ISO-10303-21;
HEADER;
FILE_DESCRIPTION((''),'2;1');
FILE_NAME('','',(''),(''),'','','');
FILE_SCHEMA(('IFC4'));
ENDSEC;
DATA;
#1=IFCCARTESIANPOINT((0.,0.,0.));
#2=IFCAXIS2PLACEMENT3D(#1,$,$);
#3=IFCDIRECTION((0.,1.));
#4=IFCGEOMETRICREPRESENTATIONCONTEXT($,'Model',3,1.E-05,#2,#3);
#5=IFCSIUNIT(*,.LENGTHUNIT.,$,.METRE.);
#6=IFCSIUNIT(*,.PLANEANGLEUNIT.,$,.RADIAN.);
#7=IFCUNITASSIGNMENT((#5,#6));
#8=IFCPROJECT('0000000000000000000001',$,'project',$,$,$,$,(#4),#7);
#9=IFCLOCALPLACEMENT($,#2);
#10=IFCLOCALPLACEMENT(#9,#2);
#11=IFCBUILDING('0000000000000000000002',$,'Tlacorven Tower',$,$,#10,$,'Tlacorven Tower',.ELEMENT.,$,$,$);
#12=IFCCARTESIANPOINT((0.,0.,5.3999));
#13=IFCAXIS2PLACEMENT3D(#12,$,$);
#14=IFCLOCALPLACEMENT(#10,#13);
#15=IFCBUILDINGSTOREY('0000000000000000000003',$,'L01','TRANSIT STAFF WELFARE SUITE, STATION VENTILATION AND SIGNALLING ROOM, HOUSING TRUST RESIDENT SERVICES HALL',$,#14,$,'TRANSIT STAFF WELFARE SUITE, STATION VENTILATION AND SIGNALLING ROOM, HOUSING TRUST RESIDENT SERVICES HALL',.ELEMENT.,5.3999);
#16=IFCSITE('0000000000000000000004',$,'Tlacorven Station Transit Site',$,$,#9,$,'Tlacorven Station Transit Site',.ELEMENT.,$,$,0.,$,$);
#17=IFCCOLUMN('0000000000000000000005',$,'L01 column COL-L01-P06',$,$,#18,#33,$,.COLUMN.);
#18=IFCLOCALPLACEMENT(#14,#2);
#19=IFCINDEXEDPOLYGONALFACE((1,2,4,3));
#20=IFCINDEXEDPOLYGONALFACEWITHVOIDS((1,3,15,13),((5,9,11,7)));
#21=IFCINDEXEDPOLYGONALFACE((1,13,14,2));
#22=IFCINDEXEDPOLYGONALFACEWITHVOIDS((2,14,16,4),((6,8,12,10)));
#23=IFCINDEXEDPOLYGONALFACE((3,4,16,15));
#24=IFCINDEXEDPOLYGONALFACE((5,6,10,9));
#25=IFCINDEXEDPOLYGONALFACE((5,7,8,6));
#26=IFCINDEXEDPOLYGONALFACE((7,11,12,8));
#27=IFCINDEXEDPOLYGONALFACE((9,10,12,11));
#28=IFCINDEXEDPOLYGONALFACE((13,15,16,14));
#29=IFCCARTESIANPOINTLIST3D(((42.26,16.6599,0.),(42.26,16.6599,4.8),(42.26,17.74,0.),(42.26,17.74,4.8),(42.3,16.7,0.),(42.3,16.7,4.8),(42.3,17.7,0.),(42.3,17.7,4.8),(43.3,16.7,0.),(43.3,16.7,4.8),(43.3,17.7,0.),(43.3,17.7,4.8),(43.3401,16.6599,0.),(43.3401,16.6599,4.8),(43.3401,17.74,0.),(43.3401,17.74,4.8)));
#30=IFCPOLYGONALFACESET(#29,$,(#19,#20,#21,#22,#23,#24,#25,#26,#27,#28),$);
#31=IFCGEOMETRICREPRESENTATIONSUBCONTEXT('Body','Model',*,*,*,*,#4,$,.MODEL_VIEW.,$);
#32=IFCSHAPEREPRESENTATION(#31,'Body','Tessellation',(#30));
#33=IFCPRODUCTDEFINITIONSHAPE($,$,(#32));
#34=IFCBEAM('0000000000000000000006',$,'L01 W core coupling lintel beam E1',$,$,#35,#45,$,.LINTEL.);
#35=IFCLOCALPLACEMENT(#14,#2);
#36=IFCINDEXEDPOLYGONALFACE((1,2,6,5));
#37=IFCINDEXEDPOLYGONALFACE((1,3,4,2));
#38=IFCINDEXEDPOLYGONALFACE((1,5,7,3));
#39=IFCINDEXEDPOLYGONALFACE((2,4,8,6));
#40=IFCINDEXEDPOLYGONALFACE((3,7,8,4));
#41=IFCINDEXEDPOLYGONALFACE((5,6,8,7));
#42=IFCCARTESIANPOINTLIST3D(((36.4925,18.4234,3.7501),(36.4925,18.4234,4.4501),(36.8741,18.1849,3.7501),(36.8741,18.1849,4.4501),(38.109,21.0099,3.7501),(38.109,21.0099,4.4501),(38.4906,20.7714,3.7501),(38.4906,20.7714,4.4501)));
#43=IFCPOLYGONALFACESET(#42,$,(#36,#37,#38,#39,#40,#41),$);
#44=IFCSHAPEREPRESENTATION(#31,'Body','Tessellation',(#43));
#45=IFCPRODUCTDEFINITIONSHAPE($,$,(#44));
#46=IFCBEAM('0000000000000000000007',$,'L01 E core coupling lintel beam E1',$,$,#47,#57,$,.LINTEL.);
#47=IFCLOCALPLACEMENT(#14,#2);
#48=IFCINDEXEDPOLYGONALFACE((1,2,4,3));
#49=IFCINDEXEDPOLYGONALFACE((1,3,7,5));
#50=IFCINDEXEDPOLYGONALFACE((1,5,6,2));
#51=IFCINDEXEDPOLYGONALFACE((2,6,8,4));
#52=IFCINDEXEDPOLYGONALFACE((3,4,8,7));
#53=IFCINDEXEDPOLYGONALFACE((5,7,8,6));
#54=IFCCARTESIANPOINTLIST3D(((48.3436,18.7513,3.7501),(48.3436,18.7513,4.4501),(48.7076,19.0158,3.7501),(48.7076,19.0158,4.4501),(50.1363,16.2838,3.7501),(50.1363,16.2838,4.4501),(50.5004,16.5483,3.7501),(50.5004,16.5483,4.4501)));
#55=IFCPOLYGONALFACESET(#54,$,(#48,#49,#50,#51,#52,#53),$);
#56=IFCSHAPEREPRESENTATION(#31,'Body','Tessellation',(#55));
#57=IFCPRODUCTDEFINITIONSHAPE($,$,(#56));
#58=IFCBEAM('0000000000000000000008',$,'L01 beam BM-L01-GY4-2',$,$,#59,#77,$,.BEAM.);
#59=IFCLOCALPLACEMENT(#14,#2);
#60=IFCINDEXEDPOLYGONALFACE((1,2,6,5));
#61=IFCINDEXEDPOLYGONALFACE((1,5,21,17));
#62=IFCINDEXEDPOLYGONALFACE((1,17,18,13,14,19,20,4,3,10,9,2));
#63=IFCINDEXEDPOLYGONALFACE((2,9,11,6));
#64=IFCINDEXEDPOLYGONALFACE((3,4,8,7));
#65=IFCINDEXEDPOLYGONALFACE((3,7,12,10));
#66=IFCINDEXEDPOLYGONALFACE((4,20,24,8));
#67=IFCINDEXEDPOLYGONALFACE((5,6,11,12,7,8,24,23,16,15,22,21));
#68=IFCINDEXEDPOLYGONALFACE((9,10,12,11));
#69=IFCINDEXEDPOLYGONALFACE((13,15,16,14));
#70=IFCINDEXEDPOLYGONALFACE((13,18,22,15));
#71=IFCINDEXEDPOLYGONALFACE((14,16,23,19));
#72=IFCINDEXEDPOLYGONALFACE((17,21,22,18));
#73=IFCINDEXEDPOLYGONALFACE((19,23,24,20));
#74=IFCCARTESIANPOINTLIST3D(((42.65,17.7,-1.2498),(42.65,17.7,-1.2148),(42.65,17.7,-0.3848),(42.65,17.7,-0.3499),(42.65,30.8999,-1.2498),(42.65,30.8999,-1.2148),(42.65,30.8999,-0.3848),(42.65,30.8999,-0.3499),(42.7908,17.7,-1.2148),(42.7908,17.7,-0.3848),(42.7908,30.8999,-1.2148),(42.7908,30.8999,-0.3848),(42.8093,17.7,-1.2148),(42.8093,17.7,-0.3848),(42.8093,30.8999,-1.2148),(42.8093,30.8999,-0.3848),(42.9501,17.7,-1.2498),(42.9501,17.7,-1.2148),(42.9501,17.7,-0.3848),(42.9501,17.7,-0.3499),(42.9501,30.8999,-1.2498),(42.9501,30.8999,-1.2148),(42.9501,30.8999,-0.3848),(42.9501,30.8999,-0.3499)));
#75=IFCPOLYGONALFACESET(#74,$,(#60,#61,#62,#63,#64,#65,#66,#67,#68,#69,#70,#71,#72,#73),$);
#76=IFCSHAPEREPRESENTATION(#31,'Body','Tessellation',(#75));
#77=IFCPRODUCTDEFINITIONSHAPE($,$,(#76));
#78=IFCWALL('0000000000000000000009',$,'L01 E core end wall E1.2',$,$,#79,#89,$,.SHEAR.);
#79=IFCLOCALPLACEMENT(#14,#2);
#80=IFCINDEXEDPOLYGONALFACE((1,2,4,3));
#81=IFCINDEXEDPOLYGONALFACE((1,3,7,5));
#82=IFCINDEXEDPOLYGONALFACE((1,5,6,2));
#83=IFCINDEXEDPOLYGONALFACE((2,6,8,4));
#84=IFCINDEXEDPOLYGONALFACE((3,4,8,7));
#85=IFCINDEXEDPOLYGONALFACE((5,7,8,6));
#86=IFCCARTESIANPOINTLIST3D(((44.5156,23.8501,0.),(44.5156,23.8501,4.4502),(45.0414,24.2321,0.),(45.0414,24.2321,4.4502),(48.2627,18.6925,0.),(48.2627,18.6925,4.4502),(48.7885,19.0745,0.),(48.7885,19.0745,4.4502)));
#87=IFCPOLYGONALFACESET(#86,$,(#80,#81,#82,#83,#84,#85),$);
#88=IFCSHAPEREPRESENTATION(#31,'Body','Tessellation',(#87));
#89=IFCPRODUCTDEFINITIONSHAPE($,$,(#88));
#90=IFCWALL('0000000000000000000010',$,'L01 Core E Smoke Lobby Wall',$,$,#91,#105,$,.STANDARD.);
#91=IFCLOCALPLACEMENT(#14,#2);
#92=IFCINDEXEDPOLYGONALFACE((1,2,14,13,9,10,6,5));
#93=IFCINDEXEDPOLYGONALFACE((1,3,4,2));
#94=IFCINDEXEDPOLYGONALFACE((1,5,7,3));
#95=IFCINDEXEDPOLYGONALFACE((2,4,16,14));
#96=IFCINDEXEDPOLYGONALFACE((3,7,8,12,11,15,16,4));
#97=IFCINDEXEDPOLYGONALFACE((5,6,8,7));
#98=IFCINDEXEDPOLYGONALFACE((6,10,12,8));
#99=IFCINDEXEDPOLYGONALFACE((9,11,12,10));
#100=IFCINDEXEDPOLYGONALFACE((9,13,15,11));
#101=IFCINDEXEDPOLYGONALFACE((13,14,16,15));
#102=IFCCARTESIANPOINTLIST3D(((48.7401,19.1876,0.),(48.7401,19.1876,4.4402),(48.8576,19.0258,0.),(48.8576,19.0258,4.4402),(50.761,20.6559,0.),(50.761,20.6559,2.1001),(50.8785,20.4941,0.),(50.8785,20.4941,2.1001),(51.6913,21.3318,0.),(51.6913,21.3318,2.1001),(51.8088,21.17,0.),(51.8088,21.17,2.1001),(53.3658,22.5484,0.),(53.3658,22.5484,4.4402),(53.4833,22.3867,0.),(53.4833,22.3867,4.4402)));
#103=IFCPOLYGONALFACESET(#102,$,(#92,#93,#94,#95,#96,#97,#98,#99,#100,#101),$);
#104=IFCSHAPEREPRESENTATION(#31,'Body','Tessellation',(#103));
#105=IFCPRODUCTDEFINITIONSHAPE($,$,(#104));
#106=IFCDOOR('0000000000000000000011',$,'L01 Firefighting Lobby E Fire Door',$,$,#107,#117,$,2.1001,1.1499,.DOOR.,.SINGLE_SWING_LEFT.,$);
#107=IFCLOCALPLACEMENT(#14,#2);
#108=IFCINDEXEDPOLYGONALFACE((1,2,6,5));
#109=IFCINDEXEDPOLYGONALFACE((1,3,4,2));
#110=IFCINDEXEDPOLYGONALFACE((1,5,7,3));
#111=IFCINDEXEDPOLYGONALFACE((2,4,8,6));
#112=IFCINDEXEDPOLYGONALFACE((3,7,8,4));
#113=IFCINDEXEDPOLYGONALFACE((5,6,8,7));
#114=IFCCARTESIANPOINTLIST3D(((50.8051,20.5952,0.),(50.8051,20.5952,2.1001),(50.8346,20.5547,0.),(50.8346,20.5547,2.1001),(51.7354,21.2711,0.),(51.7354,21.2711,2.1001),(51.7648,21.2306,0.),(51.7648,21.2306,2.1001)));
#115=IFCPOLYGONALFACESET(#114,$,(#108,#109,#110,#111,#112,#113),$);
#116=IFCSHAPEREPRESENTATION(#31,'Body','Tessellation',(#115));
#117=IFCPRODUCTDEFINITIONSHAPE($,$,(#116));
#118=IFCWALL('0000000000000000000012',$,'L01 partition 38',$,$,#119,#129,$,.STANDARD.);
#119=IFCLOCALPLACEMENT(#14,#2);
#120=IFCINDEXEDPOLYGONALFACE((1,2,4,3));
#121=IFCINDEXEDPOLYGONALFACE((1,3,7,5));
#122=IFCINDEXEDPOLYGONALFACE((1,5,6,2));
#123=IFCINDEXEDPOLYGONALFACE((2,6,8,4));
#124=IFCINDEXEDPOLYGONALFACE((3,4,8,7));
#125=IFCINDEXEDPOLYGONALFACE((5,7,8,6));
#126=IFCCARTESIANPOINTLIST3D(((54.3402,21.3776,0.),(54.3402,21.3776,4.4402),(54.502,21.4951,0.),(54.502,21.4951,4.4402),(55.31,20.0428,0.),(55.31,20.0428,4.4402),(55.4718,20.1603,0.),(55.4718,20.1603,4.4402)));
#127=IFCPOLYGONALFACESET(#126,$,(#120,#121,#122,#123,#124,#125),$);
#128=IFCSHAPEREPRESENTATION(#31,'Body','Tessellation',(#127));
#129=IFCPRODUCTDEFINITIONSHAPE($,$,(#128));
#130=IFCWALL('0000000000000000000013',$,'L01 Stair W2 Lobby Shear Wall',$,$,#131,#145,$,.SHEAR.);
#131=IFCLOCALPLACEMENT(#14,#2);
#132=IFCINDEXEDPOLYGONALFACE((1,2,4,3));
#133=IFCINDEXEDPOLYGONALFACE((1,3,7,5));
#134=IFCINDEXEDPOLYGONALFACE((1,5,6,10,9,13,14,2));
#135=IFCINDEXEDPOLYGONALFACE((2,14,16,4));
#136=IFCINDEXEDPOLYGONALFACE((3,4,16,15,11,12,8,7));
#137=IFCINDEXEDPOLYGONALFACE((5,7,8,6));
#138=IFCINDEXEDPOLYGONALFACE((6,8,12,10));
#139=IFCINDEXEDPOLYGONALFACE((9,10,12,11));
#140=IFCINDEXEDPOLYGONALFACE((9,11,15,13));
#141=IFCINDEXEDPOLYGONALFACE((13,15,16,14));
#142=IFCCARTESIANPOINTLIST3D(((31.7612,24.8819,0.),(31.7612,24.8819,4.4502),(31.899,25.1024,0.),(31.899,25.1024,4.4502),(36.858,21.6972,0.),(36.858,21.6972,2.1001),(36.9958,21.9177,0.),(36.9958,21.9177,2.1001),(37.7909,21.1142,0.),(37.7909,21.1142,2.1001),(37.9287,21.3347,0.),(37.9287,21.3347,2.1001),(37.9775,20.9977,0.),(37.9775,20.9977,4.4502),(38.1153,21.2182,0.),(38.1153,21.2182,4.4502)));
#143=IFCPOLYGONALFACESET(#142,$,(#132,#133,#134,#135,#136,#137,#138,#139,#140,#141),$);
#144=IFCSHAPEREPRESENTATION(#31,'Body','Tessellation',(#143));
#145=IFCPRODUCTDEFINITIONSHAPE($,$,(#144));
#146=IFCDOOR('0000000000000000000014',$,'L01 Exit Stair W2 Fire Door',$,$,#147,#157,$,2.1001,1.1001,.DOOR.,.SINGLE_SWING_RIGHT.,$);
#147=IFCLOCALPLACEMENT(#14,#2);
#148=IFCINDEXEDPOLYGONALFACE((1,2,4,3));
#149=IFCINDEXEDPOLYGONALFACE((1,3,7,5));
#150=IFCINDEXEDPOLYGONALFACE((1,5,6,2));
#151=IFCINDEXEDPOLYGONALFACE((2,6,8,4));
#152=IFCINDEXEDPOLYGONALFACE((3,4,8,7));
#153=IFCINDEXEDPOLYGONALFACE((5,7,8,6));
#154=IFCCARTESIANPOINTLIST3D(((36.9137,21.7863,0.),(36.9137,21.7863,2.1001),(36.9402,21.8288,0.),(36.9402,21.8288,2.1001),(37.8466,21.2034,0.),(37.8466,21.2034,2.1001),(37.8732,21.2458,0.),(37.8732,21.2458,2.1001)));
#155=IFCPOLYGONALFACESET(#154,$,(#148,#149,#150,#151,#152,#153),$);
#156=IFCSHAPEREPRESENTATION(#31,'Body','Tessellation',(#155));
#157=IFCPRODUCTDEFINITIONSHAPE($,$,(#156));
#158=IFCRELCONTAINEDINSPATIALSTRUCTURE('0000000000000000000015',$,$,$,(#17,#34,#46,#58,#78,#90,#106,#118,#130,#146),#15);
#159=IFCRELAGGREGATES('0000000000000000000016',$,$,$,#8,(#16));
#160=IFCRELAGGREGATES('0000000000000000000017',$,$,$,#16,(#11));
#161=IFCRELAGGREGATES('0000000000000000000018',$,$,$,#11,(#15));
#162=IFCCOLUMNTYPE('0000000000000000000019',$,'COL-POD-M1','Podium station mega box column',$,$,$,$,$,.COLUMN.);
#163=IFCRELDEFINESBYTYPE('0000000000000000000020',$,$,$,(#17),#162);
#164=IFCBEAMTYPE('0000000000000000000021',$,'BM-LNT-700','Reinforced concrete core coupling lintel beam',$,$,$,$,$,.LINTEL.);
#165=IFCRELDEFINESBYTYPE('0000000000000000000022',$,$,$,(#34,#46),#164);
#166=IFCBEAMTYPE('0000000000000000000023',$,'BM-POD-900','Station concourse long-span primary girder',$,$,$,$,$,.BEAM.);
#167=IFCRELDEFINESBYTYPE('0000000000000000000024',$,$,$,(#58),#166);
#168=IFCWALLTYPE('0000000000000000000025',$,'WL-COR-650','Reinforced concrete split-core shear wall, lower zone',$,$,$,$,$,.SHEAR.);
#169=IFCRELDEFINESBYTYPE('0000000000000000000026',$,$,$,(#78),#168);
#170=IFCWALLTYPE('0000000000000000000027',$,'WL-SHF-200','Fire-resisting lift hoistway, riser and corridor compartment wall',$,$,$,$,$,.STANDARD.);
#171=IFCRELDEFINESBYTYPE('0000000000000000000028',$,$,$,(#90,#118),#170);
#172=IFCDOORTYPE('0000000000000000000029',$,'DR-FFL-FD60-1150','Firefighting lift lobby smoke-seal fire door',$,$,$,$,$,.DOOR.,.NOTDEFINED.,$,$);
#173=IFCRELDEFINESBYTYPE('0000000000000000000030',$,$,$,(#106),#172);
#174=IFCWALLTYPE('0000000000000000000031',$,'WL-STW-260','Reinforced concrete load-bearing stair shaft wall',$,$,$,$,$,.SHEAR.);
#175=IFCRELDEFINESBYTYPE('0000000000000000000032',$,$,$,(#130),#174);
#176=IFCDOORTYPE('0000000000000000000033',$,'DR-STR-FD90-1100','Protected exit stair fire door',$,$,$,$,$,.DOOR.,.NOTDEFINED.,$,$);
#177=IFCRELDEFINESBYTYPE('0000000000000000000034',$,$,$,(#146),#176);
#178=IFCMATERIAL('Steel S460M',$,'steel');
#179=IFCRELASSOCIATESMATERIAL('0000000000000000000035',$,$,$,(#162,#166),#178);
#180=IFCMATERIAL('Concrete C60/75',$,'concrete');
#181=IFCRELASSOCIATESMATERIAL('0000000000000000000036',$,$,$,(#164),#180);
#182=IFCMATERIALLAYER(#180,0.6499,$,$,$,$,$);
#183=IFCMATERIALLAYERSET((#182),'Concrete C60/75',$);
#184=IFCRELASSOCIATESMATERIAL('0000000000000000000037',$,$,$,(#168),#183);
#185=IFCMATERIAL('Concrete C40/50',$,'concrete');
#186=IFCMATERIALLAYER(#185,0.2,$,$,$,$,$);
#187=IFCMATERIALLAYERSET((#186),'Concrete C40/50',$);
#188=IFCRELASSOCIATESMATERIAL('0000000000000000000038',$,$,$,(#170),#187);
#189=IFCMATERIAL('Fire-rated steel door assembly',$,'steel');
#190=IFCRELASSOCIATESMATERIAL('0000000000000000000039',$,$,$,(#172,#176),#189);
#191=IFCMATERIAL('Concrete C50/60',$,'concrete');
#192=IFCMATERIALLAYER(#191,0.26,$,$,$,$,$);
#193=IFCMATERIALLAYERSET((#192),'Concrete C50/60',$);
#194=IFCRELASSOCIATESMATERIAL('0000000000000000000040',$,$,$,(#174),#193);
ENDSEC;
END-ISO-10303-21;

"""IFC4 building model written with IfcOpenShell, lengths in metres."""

from ifc_helpers import new_model, si_unit, direction, frame, frame_2d, origin, origin_2d, place, context, subcontext, project, spatial, rectangle, hollow_rectangle, i_section, extrude, source, transform, mapped, material, layer, layer_set, material_profile, profile_set, type_object, element, fill, save


model = new_model("IFC4")

# Units and contexts
model_context = context("Model", 3, precision=1e-05, world=origin(), true_north=direction((0.0, 1.0)))
body_context = subcontext(model_context, "Body", "Model", "MODEL_VIEW")
ifc_project = project(units=[si_unit("LENGTHUNIT", "METRE"), si_unit("PLANEANGLEUNIT", "RADIAN")], contexts=[model_context])

# Site, building, storey
site_placement = place(None, origin())
site = spatial("IfcSite", under=ifc_project, at=site_placement, Name="Tlacorven Station Transit Site", LongName="Tlacorven Station Transit Site", CompositionType="ELEMENT", RefElevation=0.0)
building_placement = place(site_placement, origin())
building = spatial("IfcBuilding", under=site, at=building_placement, Name="Tlacorven Tower", LongName="Tlacorven Tower", CompositionType="ELEMENT")
storey_placement = place(building_placement, frame((0.0, 0.0, 5.3999)))
storey = spatial("IfcBuildingStorey", under=building, at=storey_placement, Name="L01", Description="TRANSIT STAFF WELFARE SUITE, STATION VENTILATION AND SIGNALLING ROOM, HOUSING TRUST RESIDENT SERVICES HALL", LongName="TRANSIT STAFF WELFARE SUITE, STATION VENTILATION AND SIGNALLING ROOM, HOUSING TRUST RESIDENT SERVICES HALL", CompositionType="ELEMENT", Elevation=5.3999)

# Column
ifc_material_1 = material(Name="Steel S460M", Category="steel")
ifc_material_profile_1 = material_profile(ifc_material_1, hollow_rectangle(XDim=1.0801, YDim=1.0801, WallThickness=0.04, at=origin_2d()), Name="BOX 1080X1080X40")
ifc_profile_set_1 = profile_set([ifc_material_profile_1], Name="Steel S460M")
column_type = type_object("IfcColumnType", Name="COL-POD-M1", Description="Podium station mega box column", PredefinedType="COLUMN", material=ifc_profile_set_1)
shared_shape_1 = source(origin(), body_context, "Body", "SweptSolid", [
    extrude(hollow_rectangle(XDim=1.0801, YDim=1.0801, WallThickness=0.04, at=origin_2d()), origin(), (0.0, 0.0, 1.0), 4.8),
])
column_placement = place(storey_placement, frame((42.8, 17.2, 0.0), z_axis=(0.0, 0.0, 1.0), x_axis=(1.0, 0.0, 0.0)))
element("IfcColumn", 1, at=column_placement, inside=storey, type_object=column_type, Name="L01 column COL-L01-P06", PredefinedType="COLUMN", context=body_context, shape_type="MappedRepresentation", body=[
    mapped(shared_shape_1, transform((0.0, 0.0, 0.0), scale=1.0)),
])

# Beams
ifc_material_2 = material(Name="Concrete C60/75", Category="concrete")
ifc_material_profile_2 = material_profile(ifc_material_2, rectangle(XDim=0.45, YDim=0.7, at=origin_2d()), Name="RC 450X700")
ifc_profile_set_2 = profile_set([ifc_material_profile_2], Name="Concrete C60/75")
beam_type_1 = type_object("IfcBeamType", Name="BM-LNT-700", Description="Reinforced concrete core coupling lintel beam", PredefinedType="LINTEL", material=ifc_profile_set_2)
shared_shape_2 = source(origin(), body_context, "Body", "SweptSolid", [
    extrude(rectangle(XDim=0.45, YDim=0.7, at=origin_2d()), origin(), (0.0, 0.0, 1.0), 3.05),
])
for number, where, z_axis, x_axis, name in (
    (2, (38.2998, 20.8906, 4.1001), (-0.529985, -0.848007, 0.0), (0.848007, -0.529985, 0.0), "L01 W core coupling lintel beam E1"),
    (3, (50.3184, 16.416, 4.1001), (-0.587777, 0.809023, 0.0), (-0.809023, -0.587777, 0.0), "L01 E core coupling lintel beam E1"),
):
    element("IfcBeam", number, at=place(storey_placement, frame(where, z_axis=z_axis, x_axis=x_axis)), inside=storey, type_object=beam_type_1, Name=name, PredefinedType="LINTEL", context=body_context, shape_type="MappedRepresentation", body=[
        mapped(shared_shape_2, transform((0.0, 0.0, 0.0), scale=1.0)),
    ])
ifc_material_profile_3 = material_profile(ifc_material_1, i_section(OverallWidth=0.3, OverallDepth=0.8999, WebThickness=0.0186, FlangeThickness=0.0349, at=origin_2d()), Name="HEB 900")
ifc_profile_set_3 = profile_set([ifc_material_profile_3], Name="Steel S460M")
beam_type_2 = type_object("IfcBeamType", Name="BM-POD-900", Description="Station concourse long-span primary girder", PredefinedType="BEAM", material=ifc_profile_set_3)
shared_shape_3 = source(origin(), body_context, "Body", "SweptSolid", [
    extrude(i_section(OverallWidth=0.3, OverallDepth=0.8999, WebThickness=0.0186, FlangeThickness=0.0349, at=origin_2d()), origin(), (0.0, 0.0, 1.0), 13.2),
])
beam_placement = place(storey_placement, frame((42.8, 17.7, -0.7998), z_axis=(0.0, 1.0, 0.0), x_axis=(-1.0, 0.0, 0.0)))
element("IfcBeam", 4, at=beam_placement, inside=storey, type_object=beam_type_2, Name="L01 beam BM-L01-GY4-2", PredefinedType="BEAM", context=body_context, shape_type="MappedRepresentation", body=[
    mapped(shared_shape_3, transform((0.0, 0.0, 0.0), scale=1.0)),
])

# Wall
ifc_layer_1 = layer(ifc_material_2, 0.6499)
ifc_layer_set_1 = layer_set([ifc_layer_1], Name="Concrete C60/75")
wall_type_1 = type_object("IfcWallType", Name="WL-COR-650", Description="Reinforced concrete split-core shear wall, lower zone", PredefinedType="SHEAR", material=ifc_layer_set_1)
wall_1_placement = place(storey_placement, frame((48.5256, 18.8835, 0.0), z_axis=(0.0, 0.0, 1.0), x_axis=(-0.58778, 0.809021, 0.0)))
element("IfcWall", 5, at=wall_1_placement, inside=storey, type_object=wall_type_1, Name="L01 E core end wall E1.2", PredefinedType="SHEAR", context=body_context, shape_type="SweptSolid", body=[
    extrude(rectangle(XDim=6.375, YDim=0.6499, at=frame_2d((3.1875, 0.0))), origin(), (0.0, 0.0, 1.0), 4.4502),
])

# Wall, opening, door
ifc_material_3 = material(Name="Concrete C40/50", Category="concrete")
ifc_layer_2 = layer(ifc_material_3, 0.2)
ifc_layer_set_2 = layer_set([ifc_layer_2], Name="Concrete C40/50")
wall_type_2 = type_object("IfcWallType", Name="WL-SHF-200", Description="Fire-resisting lift hoistway, riser and corridor compartment wall", PredefinedType="STANDARD", material=ifc_layer_set_2)
wall_2_placement = place(storey_placement, frame((48.7988, 19.1067, 0.0), z_axis=(0.0, 0.0, 1.0), x_axis=(0.809013, 0.587791, 0.0)))
wall_2 = element("IfcWall", 6, at=wall_2_placement, inside=storey, type_object=wall_type_2, Name="L01 Core E Smoke Lobby Wall", PredefinedType="STANDARD", context=body_context, shape_type="SweptSolid", body=[
    extrude(rectangle(XDim=5.7178, YDim=0.2, at=frame_2d((2.8589, 0.0))), origin(), (0.0, 0.0, 1.0), 4.4402),
])
opening_1_placement = place(wall_2_placement, frame((2.498, 0.0, 0.0)))
opening_1 = element("IfcOpeningElement", 7, at=opening_1_placement, cuts=wall_2, PredefinedType="OPENING", context=body_context, shape_type="SweptSolid", body=[
    extrude(rectangle(XDim=1.1499, YDim=2.1001, at=frame_2d((0.575, 1.05))), frame((0.0, 0.1099, 0.0), z_axis=(0.0, -1.0, 0.0), x_axis=(1.0, 0.0, 0.0)), (0.0, 0.0, 1.0), 0.22),
])
ifc_material_4 = material(Name="Fire-rated steel door assembly", Category="steel")
door_type_1 = type_object("IfcDoorType", Name="DR-FFL-FD60-1150", Description="Firefighting lift lobby smoke-seal fire door", OperationType="NOTDEFINED", PredefinedType="DOOR", material=ifc_material_4)
shared_shape_4 = source(origin(), body_context, "Body", "SweptSolid", [
    extrude(rectangle(XDim=1.1499, YDim=2.1001, at=frame_2d((0.575, 1.05))), frame((0.0, 0.0249, 0.0), z_axis=(0.0, -1.0, 0.0), x_axis=(1.0, 0.0, 0.0)), (0.0, 0.0, 1.0), 0.05),
])
door_1_placement = place(opening_1_placement, origin())
door_1 = element("IfcDoor", 8, at=door_1_placement, inside=storey, type_object=door_type_1, Name="L01 Firefighting Lobby E Fire Door", OperationType="SINGLE_SWING_LEFT", OverallHeight=2.1001, OverallWidth=1.1499, PredefinedType="DOOR", context=body_context, shape_type="MappedRepresentation", body=[
    mapped(shared_shape_4, transform((0.0, 0.0, 0.0), scale=1.0)),
])
fill(opening_1, door_1)

# Wall
wall_3_placement = place(storey_placement, frame((55.3909, 20.1016, 0.0), z_axis=(0.0, 0.0, 1.0), x_axis=(-0.587784, 0.809018, 0.0)))
element("IfcWall", 9, at=wall_3_placement, inside=storey, type_object=wall_type_2, Name="L01 partition 38", PredefinedType="STANDARD", context=body_context, shape_type="SweptSolid", body=[
    extrude(rectangle(XDim=1.6499, YDim=0.2, at=frame_2d((0.825, 0.0))), origin(), (0.0, 0.0, 1.0), 4.4402),
])

# Wall, opening, door
ifc_material_5 = material(Name="Concrete C50/60", Category="concrete")
ifc_layer_3 = layer(ifc_material_5, 0.26)
ifc_layer_set_3 = layer_set([ifc_layer_3], Name="Concrete C50/60")
wall_type_3 = type_object("IfcWallType", Name="WL-STW-260", Description="Reinforced concrete load-bearing stair shaft wall", PredefinedType="SHEAR", material=ifc_layer_set_3)
wall_4_placement = place(storey_placement, frame((38.0464, 21.1079, 0.0), z_axis=(0.0, 0.0, 1.0), x_axis=(-0.848054, 0.529909, 0.0)))
wall_4 = element("IfcWall", 10, at=wall_4_placement, inside=storey, type_object=wall_type_3, Name="L01 Stair W2 Lobby Shear Wall", PredefinedType="SHEAR", context=body_context, shape_type="SweptSolid", body=[
    extrude(rectangle(XDim=7.3301, YDim=0.26, at=frame_2d((3.665, 0.0))), origin(), (0.0, 0.0, 1.0), 4.4502),
])
opening_2_placement = place(wall_4_placement, frame((0.22, 0.0, 0.0)))
opening_2 = element("IfcOpeningElement", 11, at=opening_2_placement, cuts=wall_4, PredefinedType="OPENING", context=body_context, shape_type="SweptSolid", body=[
    extrude(rectangle(XDim=1.1001, YDim=2.1001, at=frame_2d((0.55, 1.05))), frame((0.0, 0.1401, 0.0), z_axis=(0.0, -1.0, 0.0), x_axis=(1.0, 0.0, 0.0)), (0.0, 0.0, 1.0), 0.28),
])
door_type_2 = type_object("IfcDoorType", Name="DR-STR-FD90-1100", Description="Protected exit stair fire door", OperationType="NOTDEFINED", PredefinedType="DOOR", material=ifc_material_4)
shared_shape_5 = source(origin(), body_context, "Body", "SweptSolid", [
    extrude(rectangle(XDim=1.1001, YDim=2.1001, at=frame_2d((0.55, 1.05))), frame((0.0, 0.0249, 0.0), z_axis=(0.0, -1.0, 0.0), x_axis=(1.0, 0.0, 0.0)), (0.0, 0.0, 1.0), 0.05),
])
door_2_placement = place(opening_2_placement, origin())
door_2 = element("IfcDoor", 12, at=door_2_placement, inside=storey, type_object=door_type_2, Name="L01 Exit Stair W2 Fire Door", OperationType="SINGLE_SWING_RIGHT", OverallHeight=2.1001, OverallWidth=1.1001, PredefinedType="DOOR", context=body_context, shape_type="MappedRepresentation", body=[
    mapped(shared_shape_5, transform((0.0, 0.0, 0.0), scale=1.0)),
])
fill(opening_2, door_2)

save(model, "model.ifc")
